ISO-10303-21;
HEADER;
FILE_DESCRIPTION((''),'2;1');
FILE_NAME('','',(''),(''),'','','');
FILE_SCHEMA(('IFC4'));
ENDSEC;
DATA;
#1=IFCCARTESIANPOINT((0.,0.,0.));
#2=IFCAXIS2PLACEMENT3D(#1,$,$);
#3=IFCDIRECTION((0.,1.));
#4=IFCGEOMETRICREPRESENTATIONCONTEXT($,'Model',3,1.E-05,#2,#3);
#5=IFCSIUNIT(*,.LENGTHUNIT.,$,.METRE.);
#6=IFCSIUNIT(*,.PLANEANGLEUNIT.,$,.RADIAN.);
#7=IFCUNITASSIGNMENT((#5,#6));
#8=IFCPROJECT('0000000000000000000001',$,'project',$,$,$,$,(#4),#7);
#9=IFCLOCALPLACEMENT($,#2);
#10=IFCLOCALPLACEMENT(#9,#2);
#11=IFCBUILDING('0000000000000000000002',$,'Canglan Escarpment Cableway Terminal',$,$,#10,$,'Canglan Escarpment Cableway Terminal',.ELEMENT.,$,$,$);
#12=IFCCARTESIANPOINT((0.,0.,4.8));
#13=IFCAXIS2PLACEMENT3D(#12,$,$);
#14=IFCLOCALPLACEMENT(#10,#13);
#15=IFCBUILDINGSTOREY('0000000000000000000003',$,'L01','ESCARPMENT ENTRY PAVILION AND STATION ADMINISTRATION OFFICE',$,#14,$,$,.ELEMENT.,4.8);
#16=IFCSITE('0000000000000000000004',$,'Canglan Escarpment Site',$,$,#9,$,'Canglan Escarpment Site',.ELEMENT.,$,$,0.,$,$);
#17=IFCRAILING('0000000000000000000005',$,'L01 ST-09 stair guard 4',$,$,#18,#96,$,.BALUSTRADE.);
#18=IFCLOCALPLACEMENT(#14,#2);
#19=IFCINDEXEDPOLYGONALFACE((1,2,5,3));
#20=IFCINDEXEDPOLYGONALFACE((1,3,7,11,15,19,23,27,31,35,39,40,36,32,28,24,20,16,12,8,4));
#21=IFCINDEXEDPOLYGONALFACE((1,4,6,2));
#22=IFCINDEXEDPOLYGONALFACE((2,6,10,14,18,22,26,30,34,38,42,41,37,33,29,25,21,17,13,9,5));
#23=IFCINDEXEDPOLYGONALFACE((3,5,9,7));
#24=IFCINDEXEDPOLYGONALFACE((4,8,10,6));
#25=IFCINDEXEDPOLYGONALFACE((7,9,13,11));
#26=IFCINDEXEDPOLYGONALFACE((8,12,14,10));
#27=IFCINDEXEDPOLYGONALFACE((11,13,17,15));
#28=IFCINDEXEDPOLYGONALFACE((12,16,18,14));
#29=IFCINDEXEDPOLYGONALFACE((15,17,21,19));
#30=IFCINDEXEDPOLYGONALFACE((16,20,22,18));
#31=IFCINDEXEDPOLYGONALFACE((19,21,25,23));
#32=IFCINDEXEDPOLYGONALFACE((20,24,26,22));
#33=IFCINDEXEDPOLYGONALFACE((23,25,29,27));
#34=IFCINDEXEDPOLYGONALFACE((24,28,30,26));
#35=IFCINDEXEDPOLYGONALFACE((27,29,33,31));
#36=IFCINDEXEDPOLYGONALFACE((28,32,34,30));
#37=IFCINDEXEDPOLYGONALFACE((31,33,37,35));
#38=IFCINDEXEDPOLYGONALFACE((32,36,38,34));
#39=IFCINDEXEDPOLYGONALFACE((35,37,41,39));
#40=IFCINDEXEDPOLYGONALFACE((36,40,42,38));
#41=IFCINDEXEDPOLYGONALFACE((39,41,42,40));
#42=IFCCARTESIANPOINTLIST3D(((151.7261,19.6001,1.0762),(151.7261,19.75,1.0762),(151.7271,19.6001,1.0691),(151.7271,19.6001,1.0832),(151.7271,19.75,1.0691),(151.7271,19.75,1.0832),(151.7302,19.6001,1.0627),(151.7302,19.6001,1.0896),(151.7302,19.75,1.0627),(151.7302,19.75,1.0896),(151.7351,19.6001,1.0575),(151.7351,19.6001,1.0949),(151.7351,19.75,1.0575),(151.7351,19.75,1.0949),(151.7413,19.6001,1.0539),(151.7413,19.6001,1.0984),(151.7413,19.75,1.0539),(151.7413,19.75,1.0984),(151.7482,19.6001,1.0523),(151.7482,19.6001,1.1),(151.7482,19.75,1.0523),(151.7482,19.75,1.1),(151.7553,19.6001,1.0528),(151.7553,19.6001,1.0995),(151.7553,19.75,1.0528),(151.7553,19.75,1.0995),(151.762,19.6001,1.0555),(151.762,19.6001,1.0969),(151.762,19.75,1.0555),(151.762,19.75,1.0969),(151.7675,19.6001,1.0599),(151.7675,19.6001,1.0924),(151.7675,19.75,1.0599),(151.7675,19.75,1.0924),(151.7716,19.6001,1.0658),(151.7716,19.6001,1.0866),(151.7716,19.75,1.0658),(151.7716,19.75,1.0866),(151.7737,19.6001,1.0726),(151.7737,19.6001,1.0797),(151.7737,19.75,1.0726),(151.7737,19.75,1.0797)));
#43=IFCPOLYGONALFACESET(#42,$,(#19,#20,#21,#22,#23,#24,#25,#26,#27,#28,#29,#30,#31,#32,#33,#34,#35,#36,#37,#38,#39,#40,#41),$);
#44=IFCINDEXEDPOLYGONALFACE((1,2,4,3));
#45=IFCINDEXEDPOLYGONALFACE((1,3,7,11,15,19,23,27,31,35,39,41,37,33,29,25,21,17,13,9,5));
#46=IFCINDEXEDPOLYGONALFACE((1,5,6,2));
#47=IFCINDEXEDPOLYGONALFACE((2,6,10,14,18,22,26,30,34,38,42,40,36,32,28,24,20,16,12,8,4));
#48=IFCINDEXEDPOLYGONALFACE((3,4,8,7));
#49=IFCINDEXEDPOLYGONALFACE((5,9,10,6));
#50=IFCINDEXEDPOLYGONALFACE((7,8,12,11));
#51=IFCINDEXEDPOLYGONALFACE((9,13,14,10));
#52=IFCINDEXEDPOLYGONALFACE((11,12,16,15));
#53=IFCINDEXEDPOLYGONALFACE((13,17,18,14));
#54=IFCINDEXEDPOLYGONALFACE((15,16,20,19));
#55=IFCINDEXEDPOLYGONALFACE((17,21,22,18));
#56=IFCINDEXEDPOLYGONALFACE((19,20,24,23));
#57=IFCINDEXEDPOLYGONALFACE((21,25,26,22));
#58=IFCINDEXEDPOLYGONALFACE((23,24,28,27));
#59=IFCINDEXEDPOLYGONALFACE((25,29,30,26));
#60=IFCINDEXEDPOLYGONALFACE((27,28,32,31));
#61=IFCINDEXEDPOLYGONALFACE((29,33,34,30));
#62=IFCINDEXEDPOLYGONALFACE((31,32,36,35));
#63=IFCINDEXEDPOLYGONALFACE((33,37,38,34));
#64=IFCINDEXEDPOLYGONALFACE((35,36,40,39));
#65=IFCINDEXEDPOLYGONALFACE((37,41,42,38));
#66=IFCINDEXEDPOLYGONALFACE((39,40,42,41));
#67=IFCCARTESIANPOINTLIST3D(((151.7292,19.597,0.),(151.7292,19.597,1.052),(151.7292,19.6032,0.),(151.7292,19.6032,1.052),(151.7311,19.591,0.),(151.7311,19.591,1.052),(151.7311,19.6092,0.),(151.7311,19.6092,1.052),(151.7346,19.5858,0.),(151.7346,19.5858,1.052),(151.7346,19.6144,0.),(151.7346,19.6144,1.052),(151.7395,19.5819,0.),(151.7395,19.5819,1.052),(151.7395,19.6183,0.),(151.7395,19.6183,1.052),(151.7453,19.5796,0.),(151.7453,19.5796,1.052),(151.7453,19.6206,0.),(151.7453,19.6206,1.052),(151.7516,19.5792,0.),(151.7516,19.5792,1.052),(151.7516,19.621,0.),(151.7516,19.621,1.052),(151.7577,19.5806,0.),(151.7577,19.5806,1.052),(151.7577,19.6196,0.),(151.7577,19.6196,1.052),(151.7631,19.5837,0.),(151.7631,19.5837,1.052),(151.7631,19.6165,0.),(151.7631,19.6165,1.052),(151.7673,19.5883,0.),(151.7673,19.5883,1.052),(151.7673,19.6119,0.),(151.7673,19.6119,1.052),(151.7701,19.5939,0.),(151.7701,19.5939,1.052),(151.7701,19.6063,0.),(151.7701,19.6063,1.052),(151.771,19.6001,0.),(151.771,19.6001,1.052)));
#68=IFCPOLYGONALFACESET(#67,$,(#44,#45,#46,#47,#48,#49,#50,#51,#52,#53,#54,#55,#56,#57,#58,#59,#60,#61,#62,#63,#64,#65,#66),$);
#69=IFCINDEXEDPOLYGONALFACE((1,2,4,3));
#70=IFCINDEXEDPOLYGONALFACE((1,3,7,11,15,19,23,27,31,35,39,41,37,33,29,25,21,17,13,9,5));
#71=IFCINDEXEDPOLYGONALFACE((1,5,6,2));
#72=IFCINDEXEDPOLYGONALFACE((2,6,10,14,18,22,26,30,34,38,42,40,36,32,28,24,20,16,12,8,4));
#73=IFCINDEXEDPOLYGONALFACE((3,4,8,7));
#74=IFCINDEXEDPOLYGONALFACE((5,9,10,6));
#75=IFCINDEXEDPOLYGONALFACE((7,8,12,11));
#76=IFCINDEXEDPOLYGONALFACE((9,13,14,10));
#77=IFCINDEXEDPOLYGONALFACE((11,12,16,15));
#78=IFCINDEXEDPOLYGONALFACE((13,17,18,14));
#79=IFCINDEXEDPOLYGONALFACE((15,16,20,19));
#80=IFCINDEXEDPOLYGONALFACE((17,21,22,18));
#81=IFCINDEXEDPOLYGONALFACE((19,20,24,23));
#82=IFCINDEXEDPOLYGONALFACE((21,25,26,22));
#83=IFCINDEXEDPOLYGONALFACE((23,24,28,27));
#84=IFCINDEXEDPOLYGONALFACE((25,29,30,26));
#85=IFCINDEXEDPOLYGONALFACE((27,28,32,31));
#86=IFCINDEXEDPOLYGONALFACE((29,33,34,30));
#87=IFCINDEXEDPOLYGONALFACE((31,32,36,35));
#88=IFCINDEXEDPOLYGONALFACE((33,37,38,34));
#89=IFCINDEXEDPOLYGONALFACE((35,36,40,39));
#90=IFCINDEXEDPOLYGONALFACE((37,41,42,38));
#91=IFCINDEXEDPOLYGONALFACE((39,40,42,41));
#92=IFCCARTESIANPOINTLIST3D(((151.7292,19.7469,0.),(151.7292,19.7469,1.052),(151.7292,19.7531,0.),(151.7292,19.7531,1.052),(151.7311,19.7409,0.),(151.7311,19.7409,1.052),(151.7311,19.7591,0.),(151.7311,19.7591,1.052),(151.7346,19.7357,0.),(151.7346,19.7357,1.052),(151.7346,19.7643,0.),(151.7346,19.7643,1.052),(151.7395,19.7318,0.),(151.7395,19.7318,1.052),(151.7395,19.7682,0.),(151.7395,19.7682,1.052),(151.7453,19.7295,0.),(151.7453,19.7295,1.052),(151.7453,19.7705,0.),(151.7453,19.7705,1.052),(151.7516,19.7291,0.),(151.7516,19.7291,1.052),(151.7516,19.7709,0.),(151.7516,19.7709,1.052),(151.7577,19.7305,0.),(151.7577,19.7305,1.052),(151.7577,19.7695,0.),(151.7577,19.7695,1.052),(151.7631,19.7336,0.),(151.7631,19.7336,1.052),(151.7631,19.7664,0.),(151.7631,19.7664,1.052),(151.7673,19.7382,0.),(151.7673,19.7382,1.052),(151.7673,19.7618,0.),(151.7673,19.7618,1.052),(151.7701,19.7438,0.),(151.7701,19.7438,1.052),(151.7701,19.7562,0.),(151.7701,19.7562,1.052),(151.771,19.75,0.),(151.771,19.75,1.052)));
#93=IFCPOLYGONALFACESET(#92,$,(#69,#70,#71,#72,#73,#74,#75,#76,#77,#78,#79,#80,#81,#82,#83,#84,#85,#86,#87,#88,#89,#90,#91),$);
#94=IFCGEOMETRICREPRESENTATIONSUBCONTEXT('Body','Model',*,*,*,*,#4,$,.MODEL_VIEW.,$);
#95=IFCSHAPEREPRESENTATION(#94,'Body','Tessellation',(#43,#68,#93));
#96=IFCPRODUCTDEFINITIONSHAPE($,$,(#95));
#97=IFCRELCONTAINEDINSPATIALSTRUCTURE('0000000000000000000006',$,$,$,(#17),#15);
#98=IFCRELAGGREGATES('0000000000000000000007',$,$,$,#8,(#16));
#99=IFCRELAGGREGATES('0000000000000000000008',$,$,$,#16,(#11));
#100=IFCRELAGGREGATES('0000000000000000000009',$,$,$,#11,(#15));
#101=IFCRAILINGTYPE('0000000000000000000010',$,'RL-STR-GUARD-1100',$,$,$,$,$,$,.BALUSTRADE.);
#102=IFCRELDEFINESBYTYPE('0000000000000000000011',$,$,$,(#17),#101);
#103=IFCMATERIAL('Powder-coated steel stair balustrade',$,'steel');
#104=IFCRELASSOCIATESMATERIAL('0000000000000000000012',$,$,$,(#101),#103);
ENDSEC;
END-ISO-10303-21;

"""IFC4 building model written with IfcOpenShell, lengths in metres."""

from ifc_helpers import new_model, si_unit, direction, frame, origin, origin_2d, place, context, subcontext, project, spatial, circle, extrude, material, type_object, element, save


model = new_model("IFC4")

# Units and contexts
model_context = context("Model", 3, precision=1e-05, world=origin(), true_north=direction((0.0, 1.0)))
body_context = subcontext(model_context, "Body", "Model", "MODEL_VIEW")
ifc_project = project(units=[si_unit("LENGTHUNIT", "METRE"), si_unit("PLANEANGLEUNIT", "RADIAN")], contexts=[model_context])

# Site, building, storey
site_placement = place(None, origin())
site = spatial("IfcSite", under=ifc_project, at=site_placement, Name="Canglan Escarpment Site", LongName="Canglan Escarpment Site", CompositionType="ELEMENT", RefElevation=0.0)
building_placement = place(site_placement, origin())
building = spatial("IfcBuilding", under=site, at=building_placement, Name="Canglan Escarpment Cableway Terminal", LongName="Canglan Escarpment Cableway Terminal", CompositionType="ELEMENT")
storey_placement = place(building_placement, frame((0.0, 0.0, 4.8)))
storey = spatial("IfcBuildingStorey", under=building, at=storey_placement, Name="L01", Description="ESCARPMENT ENTRY PAVILION AND STATION ADMINISTRATION OFFICE", CompositionType="ELEMENT", Elevation=4.8)

# Railing
ifc_material_1 = material(Name="Powder-coated steel stair balustrade", Category="steel")
railing_type_1 = type_object("IfcRailingType", Name="RL-STR-GUARD-1100", PredefinedType="BALUSTRADE", material=ifc_material_1)
railing_1_placement = place(storey_placement, frame((151.75, 19.6001, 0.0)))
element("IfcRailing", 1, at=railing_1_placement, inside=storey, type_object=railing_type_1, Name="L01 ST-09 stair guard 4", PredefinedType="BALUSTRADE", context=body_context, shape_type="SweptSolid", body=[
    extrude(circle(Radius=0.0239, at=origin_2d()), frame((0.0, 0.0, 1.0762), z_axis=(0.0, 1.0, 0.0), x_axis=(-1.0, 0.0, 0.0)), (0.0, 0.0, 1.0), 0.1499),
    extrude(circle(Radius=0.021, at=origin_2d()), origin(), (0.0, 0.0, 1.0), 1.052),
    extrude(circle(Radius=0.021, at=origin_2d()), frame((0.0, 0.1499, 0.0)), (0.0, 0.0, 1.0), 1.052),
])

save(model, "model.ifc")
